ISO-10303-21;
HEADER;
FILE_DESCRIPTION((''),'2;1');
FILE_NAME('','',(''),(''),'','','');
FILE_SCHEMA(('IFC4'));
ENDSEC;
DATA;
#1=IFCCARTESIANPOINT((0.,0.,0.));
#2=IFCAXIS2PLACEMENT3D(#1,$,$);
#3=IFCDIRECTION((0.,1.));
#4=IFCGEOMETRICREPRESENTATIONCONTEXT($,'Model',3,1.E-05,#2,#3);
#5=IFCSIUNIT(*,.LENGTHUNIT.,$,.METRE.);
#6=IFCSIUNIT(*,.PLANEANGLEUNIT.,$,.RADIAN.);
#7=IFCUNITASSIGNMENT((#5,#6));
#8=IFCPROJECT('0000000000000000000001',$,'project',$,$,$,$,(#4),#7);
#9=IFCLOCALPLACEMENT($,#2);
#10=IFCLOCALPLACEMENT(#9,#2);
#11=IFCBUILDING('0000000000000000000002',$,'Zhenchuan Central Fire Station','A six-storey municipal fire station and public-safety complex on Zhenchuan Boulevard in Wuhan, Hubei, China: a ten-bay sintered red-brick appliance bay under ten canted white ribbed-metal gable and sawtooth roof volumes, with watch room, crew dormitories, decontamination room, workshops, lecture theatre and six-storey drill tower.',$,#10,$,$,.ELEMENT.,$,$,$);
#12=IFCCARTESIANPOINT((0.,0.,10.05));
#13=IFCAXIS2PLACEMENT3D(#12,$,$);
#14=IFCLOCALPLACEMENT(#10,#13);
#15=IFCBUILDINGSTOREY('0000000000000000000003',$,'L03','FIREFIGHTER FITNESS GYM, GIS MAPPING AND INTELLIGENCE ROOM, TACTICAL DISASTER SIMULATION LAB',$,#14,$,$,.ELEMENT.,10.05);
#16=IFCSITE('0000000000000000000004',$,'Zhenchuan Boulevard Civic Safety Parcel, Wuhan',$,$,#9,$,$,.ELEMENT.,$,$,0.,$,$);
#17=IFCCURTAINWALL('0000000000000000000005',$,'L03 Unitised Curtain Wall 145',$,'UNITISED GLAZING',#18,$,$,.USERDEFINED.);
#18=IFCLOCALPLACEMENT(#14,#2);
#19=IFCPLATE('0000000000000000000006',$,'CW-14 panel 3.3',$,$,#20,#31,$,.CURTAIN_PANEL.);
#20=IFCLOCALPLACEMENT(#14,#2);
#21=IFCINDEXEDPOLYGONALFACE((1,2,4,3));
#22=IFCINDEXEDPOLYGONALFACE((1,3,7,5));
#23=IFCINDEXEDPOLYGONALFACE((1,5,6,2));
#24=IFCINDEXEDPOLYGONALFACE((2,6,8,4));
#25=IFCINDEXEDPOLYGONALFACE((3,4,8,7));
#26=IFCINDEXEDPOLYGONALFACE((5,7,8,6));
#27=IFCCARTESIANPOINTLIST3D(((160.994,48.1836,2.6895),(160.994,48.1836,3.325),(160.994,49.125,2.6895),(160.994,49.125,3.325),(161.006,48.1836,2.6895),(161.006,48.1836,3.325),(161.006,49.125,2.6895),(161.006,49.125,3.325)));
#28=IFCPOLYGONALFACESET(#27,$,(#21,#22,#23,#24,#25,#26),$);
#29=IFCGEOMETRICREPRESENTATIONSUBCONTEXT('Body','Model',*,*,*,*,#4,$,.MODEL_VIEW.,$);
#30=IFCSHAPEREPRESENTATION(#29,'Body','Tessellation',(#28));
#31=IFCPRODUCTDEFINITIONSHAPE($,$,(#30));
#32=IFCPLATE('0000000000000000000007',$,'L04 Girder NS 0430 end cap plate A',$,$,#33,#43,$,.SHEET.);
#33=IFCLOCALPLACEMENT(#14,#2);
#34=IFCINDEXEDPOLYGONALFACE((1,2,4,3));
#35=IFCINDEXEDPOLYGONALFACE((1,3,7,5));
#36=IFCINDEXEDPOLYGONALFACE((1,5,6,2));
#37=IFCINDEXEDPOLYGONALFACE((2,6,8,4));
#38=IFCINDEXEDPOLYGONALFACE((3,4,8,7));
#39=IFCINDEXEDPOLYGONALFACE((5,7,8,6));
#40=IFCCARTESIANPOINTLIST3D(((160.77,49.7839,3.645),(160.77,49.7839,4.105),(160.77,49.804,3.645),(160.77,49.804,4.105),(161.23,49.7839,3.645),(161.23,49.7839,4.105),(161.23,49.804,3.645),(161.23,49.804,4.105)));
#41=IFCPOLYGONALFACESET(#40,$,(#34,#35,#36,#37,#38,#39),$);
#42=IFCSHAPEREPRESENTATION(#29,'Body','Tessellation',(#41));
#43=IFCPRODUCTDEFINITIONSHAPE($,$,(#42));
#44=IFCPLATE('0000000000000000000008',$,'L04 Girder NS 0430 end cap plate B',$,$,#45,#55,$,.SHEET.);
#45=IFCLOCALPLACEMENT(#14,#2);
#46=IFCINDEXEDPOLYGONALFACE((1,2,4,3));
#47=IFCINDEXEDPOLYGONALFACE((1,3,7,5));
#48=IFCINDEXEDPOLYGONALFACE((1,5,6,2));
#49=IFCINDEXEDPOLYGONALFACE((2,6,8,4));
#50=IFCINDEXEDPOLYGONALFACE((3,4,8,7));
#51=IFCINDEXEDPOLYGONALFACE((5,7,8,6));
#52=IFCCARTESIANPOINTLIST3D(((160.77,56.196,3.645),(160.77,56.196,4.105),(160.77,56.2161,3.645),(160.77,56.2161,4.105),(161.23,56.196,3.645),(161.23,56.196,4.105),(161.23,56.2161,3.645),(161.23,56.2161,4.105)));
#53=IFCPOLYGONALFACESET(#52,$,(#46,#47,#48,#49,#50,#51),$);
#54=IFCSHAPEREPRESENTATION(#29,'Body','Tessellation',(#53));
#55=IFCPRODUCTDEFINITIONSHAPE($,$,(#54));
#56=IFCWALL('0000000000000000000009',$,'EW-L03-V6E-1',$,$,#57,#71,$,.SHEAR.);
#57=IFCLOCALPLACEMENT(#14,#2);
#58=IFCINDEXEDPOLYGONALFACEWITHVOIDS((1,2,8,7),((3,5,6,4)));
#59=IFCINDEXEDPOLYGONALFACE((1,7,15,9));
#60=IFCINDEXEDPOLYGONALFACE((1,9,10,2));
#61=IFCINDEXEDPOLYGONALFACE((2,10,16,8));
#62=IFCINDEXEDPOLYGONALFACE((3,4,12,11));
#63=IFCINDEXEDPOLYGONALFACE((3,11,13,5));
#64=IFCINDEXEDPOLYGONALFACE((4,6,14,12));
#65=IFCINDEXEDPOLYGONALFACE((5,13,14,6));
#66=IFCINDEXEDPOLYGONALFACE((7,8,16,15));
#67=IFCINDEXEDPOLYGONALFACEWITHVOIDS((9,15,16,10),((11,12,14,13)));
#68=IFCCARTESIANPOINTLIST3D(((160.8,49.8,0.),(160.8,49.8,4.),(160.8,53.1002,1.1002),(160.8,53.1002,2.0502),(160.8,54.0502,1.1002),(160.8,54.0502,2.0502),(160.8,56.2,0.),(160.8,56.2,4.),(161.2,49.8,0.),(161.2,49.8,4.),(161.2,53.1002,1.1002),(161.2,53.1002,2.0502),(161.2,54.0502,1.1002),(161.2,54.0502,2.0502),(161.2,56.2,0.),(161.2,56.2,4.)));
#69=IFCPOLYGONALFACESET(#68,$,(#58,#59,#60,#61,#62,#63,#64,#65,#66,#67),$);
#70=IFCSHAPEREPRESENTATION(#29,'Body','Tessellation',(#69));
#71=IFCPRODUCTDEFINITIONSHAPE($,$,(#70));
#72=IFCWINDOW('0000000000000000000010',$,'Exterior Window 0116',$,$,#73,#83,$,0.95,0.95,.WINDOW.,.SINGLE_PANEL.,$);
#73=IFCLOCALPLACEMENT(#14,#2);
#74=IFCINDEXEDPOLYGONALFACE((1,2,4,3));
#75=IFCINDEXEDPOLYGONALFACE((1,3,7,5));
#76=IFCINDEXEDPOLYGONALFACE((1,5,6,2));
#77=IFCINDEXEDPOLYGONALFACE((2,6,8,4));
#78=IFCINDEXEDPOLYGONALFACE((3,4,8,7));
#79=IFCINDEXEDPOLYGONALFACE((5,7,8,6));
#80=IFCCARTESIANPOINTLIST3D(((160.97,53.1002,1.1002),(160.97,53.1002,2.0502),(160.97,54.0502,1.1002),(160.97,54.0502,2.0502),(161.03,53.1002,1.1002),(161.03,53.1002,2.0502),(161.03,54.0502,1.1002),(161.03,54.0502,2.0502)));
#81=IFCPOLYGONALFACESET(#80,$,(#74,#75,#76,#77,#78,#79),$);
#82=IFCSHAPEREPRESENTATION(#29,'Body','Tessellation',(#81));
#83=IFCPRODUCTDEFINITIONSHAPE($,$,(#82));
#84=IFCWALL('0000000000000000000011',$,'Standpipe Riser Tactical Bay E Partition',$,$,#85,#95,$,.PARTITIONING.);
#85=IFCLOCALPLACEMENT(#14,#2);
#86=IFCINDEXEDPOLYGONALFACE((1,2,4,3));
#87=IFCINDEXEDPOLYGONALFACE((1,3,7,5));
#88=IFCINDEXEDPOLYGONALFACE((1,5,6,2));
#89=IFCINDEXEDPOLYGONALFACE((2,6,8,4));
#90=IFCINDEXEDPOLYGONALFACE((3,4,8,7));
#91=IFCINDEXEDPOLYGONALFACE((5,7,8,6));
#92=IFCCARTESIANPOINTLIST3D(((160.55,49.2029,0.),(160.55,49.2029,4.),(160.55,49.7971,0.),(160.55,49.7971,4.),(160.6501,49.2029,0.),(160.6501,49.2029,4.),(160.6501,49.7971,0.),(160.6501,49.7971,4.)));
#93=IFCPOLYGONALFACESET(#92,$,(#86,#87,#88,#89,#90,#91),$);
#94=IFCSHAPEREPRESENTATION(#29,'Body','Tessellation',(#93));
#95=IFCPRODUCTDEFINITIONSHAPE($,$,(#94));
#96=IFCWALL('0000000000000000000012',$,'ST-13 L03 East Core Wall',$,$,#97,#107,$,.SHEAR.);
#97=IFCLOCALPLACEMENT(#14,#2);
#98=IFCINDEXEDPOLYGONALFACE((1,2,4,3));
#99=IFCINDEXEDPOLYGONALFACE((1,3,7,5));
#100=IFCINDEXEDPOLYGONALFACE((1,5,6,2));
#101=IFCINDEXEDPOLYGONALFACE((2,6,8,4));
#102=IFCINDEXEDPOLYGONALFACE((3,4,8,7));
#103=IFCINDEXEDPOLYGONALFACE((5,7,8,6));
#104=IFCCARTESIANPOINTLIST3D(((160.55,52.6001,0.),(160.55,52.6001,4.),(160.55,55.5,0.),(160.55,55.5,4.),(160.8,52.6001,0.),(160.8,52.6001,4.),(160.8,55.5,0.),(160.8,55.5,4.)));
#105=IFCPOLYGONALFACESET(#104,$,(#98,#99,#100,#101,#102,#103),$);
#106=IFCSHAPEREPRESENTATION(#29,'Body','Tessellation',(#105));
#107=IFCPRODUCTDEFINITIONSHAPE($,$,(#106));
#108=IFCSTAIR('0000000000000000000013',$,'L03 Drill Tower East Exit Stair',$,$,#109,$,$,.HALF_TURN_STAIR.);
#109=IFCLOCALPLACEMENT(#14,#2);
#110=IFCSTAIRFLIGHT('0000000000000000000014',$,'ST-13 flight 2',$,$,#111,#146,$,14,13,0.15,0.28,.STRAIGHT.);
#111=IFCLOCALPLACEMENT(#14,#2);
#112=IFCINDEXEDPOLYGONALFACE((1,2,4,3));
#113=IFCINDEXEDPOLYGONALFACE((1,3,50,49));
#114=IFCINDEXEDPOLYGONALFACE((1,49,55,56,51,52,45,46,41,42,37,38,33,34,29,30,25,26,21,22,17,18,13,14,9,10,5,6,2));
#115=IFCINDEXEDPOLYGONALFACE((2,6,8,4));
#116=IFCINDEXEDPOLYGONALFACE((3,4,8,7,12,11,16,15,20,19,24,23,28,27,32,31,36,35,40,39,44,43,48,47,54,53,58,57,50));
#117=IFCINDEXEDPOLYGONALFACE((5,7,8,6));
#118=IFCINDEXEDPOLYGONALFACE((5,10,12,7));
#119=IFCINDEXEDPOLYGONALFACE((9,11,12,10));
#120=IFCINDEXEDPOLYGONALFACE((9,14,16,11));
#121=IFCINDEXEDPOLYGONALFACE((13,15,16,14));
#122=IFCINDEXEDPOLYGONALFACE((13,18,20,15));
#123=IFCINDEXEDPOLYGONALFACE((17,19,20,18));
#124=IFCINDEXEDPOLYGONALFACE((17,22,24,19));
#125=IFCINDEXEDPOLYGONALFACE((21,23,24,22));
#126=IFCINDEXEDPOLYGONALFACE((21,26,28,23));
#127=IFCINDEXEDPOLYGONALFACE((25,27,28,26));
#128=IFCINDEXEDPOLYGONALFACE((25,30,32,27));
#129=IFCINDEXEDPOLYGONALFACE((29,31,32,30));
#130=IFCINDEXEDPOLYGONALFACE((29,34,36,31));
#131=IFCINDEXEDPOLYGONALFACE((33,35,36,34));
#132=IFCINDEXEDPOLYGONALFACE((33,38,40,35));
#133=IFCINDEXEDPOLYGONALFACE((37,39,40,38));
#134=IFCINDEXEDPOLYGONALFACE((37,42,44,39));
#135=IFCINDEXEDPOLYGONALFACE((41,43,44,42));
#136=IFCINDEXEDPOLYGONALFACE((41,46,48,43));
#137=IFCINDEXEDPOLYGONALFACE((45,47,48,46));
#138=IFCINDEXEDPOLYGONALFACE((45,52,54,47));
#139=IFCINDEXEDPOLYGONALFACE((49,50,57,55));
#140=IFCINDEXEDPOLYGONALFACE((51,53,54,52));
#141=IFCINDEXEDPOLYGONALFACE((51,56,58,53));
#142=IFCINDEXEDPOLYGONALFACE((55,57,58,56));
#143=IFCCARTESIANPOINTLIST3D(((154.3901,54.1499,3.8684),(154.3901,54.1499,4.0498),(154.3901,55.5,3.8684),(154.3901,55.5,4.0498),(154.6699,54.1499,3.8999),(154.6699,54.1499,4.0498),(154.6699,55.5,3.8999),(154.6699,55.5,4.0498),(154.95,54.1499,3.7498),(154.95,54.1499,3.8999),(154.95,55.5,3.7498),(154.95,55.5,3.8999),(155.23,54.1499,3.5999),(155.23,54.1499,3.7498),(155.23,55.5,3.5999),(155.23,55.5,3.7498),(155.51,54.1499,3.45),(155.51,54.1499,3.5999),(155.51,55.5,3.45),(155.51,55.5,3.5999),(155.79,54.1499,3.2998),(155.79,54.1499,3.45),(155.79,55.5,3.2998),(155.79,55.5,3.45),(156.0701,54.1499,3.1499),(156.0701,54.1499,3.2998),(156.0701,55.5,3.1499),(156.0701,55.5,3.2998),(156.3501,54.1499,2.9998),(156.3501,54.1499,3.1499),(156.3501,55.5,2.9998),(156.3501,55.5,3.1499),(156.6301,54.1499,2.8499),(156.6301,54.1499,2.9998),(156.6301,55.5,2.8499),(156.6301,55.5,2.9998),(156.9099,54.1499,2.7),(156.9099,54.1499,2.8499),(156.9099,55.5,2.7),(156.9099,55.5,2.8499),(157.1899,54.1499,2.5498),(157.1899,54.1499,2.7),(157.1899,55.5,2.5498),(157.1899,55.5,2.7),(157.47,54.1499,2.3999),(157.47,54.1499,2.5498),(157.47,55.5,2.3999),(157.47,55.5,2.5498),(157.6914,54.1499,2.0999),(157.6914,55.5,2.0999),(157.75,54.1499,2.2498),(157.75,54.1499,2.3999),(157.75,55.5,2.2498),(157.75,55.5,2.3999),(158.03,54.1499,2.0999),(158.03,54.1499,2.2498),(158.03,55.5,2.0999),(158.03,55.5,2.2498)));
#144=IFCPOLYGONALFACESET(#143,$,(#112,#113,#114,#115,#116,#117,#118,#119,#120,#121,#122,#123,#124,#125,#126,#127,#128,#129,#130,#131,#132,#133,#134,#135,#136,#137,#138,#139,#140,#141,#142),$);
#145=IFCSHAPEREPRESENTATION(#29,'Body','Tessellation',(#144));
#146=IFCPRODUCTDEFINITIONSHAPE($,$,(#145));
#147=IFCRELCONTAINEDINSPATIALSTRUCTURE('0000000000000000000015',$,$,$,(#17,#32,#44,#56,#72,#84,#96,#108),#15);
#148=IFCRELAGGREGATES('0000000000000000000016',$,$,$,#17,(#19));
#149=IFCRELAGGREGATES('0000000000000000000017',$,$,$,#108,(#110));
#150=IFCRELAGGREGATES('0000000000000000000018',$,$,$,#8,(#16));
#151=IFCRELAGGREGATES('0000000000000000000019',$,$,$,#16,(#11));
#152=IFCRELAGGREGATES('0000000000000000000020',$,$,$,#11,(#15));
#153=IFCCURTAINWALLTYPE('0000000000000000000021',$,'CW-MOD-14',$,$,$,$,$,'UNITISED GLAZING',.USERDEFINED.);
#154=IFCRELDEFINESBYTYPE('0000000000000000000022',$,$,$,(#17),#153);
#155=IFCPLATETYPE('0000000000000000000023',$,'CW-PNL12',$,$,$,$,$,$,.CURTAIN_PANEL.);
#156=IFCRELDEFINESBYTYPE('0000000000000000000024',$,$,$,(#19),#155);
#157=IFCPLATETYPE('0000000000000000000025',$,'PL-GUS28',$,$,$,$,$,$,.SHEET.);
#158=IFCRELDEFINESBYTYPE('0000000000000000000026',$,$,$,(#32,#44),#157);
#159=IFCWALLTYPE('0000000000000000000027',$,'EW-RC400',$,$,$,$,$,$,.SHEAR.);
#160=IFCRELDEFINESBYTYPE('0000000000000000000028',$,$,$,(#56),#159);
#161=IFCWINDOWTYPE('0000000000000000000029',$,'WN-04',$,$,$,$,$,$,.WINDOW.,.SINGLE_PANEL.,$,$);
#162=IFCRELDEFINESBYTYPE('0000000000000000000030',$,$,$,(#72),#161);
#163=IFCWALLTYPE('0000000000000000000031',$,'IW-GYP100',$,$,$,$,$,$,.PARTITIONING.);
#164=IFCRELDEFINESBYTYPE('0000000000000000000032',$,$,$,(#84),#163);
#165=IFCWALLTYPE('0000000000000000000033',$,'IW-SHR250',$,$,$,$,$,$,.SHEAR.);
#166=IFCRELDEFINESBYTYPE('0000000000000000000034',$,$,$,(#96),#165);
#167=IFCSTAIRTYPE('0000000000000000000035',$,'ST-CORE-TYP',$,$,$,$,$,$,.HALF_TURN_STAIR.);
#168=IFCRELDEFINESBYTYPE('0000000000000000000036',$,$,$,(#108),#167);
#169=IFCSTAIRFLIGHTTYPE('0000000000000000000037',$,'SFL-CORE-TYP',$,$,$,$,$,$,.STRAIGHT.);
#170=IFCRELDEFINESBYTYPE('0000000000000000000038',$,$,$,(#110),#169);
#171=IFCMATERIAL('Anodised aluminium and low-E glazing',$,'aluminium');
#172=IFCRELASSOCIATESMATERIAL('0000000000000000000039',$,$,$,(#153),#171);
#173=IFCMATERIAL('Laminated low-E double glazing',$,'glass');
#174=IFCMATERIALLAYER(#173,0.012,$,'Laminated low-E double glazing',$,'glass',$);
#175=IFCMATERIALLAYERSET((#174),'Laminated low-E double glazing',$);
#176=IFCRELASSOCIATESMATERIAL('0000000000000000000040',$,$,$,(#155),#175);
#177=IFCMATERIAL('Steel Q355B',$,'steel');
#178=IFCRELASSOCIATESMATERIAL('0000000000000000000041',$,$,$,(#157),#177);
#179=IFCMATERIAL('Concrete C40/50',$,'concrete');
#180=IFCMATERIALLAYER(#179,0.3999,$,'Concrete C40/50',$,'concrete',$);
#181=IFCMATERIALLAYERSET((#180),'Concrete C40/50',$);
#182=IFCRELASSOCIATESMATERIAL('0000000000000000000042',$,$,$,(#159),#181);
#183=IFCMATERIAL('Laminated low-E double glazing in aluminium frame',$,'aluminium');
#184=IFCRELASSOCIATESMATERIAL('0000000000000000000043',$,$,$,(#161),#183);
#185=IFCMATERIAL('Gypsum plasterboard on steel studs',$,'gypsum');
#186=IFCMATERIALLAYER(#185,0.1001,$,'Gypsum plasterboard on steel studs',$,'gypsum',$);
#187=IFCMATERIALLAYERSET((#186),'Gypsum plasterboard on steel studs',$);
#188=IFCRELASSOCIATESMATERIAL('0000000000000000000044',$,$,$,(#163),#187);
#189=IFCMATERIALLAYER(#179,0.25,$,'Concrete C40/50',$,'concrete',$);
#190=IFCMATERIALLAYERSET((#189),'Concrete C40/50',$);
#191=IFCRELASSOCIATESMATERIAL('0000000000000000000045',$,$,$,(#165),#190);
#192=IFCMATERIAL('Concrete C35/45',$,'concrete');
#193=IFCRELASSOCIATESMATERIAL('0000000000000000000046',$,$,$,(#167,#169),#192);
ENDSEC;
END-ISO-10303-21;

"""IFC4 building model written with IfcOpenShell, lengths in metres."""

from ifc_helpers import new_model, si_unit, direction, frame, frame_2d, origin, origin_2d, place, context, subcontext, project, spatial, polyline, rectangle, outline, extrude, material, layer, layer_set, material_profile, profile_set, type_object, element, fill, aggregate, save


model = new_model("IFC4")

# Units and contexts
model_context = context("Model", 3, precision=1e-05, world=origin(), true_north=direction((0.0, 1.0)))
body_context = subcontext(model_context, "Body", "Model", "MODEL_VIEW")
ifc_project = project(units=[si_unit("LENGTHUNIT", "METRE"), si_unit("PLANEANGLEUNIT", "RADIAN")], contexts=[model_context])

# Site, building, storey
site_placement = place(None, origin())
site = spatial("IfcSite", under=ifc_project, at=site_placement, Name="Zhenchuan Boulevard Civic Safety Parcel, Wuhan", CompositionType="ELEMENT", RefElevation=0.0)
building_placement = place(site_placement, origin())
building = spatial("IfcBuilding", under=site, at=building_placement, Name="Zhenchuan Central Fire Station", Description="A six-storey municipal fire station and public-safety complex on Zhenchuan Boulevard in Wuhan, Hubei, China: a ten-bay sintered red-brick appliance bay under ten canted white ribbed-metal gable and sawtooth roof volumes, with watch room, crew dormitories, decontamination room, workshops, lecture theatre and six-storey drill tower.", CompositionType="ELEMENT")
storey_placement = place(building_placement, frame((0.0, 0.0, 10.05)))
storey = spatial("IfcBuildingStorey", under=building, at=storey_placement, Name="L03", Description="FIREFIGHTER FITNESS GYM, GIS MAPPING AND INTELLIGENCE ROOM, TACTICAL DISASTER SIMULATION LAB", CompositionType="ELEMENT", Elevation=10.05)

# Shared definitions
ifc_material_1 = material(Name="Concrete C40/50", Category="concrete")

# Curtain wall
ifc_material_2 = material(Name="Anodised aluminium and low-E glazing", Category="aluminium")
curtain_wall_type = type_object("IfcCurtainWallType", Name="CW-MOD-14", ElementType="UNITISED GLAZING", PredefinedType="USERDEFINED", material=ifc_material_2)
curtain_wall_placement = place(storey_placement, origin())
curtain_wall = element("IfcCurtainWall", 1, at=curtain_wall_placement, inside=storey, type_object=curtain_wall_type, Name="L03 Unitised Curtain Wall 145", ObjectType="UNITISED GLAZING", PredefinedType="USERDEFINED")

# Shared definitions
ifc_material_3 = material(Name="Steel Q355B", Category="steel")

# Plate
ifc_material_4 = material(Name="Laminated low-E double glazing", Category="glass")
ifc_layer_1 = layer(ifc_material_4, 0.012, Name="Laminated low-E double glazing", Category="glass")
ifc_layer_set_1 = layer_set([ifc_layer_1], Name="Laminated low-E double glazing")
plate_type_1 = type_object("IfcPlateType", Name="CW-PNL12", PredefinedType="CURTAIN_PANEL", material=ifc_layer_set_1)
plate_1_placement = place(storey_placement, frame((161.0, 48.6543, 2.6895), z_axis=(0.0, 0.0, 1.0), x_axis=(0.0, 1.0, 0.0)))
plate_1 = element("IfcPlate", 2, at=plate_1_placement, type_object=plate_type_1, Name="CW-14 panel 3.3", PredefinedType="CURTAIN_PANEL", context=body_context, shape_type="SweptSolid", body=[
    extrude(rectangle(XDim=0.9414, YDim=0.012, at=origin_2d()), origin(), (0.0, 0.0, 1.0), 0.6355),
])
aggregate(curtain_wall, [plate_1])

# Plates
ifc_material_profile_1 = material_profile(ifc_material_3, rectangle(XDim=0.46, YDim=0.46, at=origin_2d()), Name="PL 460x460x28")
ifc_profile_set_1 = profile_set([ifc_material_profile_1], Name="Steel Q355B")
plate_type_2 = type_object("IfcPlateType", Name="PL-GUS28", PredefinedType="SHEET", material=ifc_profile_set_1)
for number, where, z_axis, x_axis, name in (
    (3, (161.0, 49.7839, 3.875), (0.0, 1.0, 0.0), (-1.0, 0.0, 0.0), "L04 Girder NS 0430 end cap plate A"),
    (4, (161.0, 56.196, 3.875), (0.0, 1.0, 0.0), (-1.0, 0.0, 0.0), "L04 Girder NS 0430 end cap plate B"),
):
    element("IfcPlate", number, at=place(storey_placement, frame(where, z_axis=z_axis, x_axis=x_axis)), inside=storey, type_object=plate_type_2, Name=name, PredefinedType="SHEET", context=body_context, shape_type="SweptSolid", body=[
        extrude(rectangle(XDim=0.46, YDim=0.46, at=origin_2d()), origin(), (0.0, 0.0, 1.0), 0.02),
    ])

# Wall, opening, window
ifc_layer_2 = layer(ifc_material_1, 0.3999, Name="Concrete C40/50", Category="concrete")
ifc_layer_set_2 = layer_set([ifc_layer_2], Name="Concrete C40/50")
wall_type_1 = type_object("IfcWallType", Name="EW-RC400", PredefinedType="SHEAR", material=ifc_layer_set_2)
wall_1_placement = place(storey_placement, frame((161.0, 49.8, 0.0), z_axis=(0.0, 0.0, 1.0), x_axis=(0.0, 1.0, 0.0)))
wall_1 = element("IfcWall", 5, at=wall_1_placement, inside=storey, type_object=wall_type_1, Name="EW-L03-V6E-1", PredefinedType="SHEAR", context=body_context, shape_type="SweptSolid", body=[
    extrude(rectangle(XDim=6.3999, YDim=0.3999, at=frame_2d((3.2, 0.0))), origin(), (0.0, 0.0, 1.0), 4.0),
])
opening_placement = place(wall_1_placement, frame((3.3, 0.0, 1.1001)))
opening = element("IfcOpeningElement", 6, at=opening_placement, cuts=wall_1, PredefinedType="OPENING", context=body_context, shape_type="SweptSolid", body=[
    extrude(rectangle(XDim=0.95, YDim=0.95, at=frame_2d((0.4751, 0.4751))), frame((0.0, 0.21, 0.0), z_axis=(0.0, -1.0, 0.0), x_axis=(1.0, 0.0, 0.0)), (0.0, 0.0, 1.0), 0.4199),
])
ifc_material_5 = material(Name="Laminated low-E double glazing in aluminium frame", Category="aluminium")
window_type = type_object("IfcWindowType", Name="WN-04", PartitioningType="SINGLE_PANEL", PredefinedType="WINDOW", material=ifc_material_5)
window_placement = place(opening_placement, origin())
window = element("IfcWindow", 7, at=window_placement, inside=storey, type_object=window_type, Name="Exterior Window 0116", OverallHeight=0.95, OverallWidth=0.95, PartitioningType="SINGLE_PANEL", PredefinedType="WINDOW", context=body_context, shape_type="SweptSolid", body=[
    extrude(rectangle(XDim=0.95, YDim=0.95, at=frame_2d((0.4751, 0.4751))), frame((0.0, 0.03, 0.0), z_axis=(0.0, -1.0, 0.0), x_axis=(1.0, 0.0, 0.0)), (0.0, 0.0, 1.0), 0.0601),
])
fill(opening, window)

# Walls
ifc_material_6 = material(Name="Gypsum plasterboard on steel studs", Category="gypsum")
ifc_layer_3 = layer(ifc_material_6, 0.1001, Name="Gypsum plasterboard on steel studs", Category="gypsum")
ifc_layer_set_3 = layer_set([ifc_layer_3], Name="Gypsum plasterboard on steel studs")
wall_type_2 = type_object("IfcWallType", Name="IW-GYP100", PredefinedType="PARTITIONING", material=ifc_layer_set_3)
wall_2_placement = place(storey_placement, frame((160.6001, 49.2029, 0.0), z_axis=(0.0, 0.0, 1.0), x_axis=(0.0, 1.0, 0.0)))
element("IfcWall", 8, at=wall_2_placement, inside=storey, type_object=wall_type_2, Name="Standpipe Riser Tactical Bay E Partition", PredefinedType="PARTITIONING", context=body_context, shape_type="SweptSolid", body=[
    extrude(rectangle(XDim=0.5942, YDim=0.1001, at=frame_2d((0.2971, 0.0))), origin(), (0.0, 0.0, 1.0), 4.0),
])
ifc_layer_4 = layer(ifc_material_1, 0.25, Name="Concrete C40/50", Category="concrete")
ifc_layer_set_4 = layer_set([ifc_layer_4], Name="Concrete C40/50")
wall_type_3 = type_object("IfcWallType", Name="IW-SHR250", PredefinedType="SHEAR", material=ifc_layer_set_4)
wall_3_placement = place(storey_placement, frame((160.675, 52.6001, 0.0), z_axis=(0.0, 0.0, 1.0), x_axis=(0.0, 1.0, 0.0)))
element("IfcWall", 9, at=wall_3_placement, inside=storey, type_object=wall_type_3, Name="ST-13 L03 East Core Wall", PredefinedType="SHEAR", context=body_context, shape_type="SweptSolid", body=[
    extrude(rectangle(XDim=2.8999, YDim=0.25, at=frame_2d((1.45, 0.0))), origin(), (0.0, 0.0, 1.0), 4.0),
])

# Stair, stair flight
ifc_material_7 = material(Name="Concrete C35/45", Category="concrete")
stair_type = type_object("IfcStairType", Name="ST-CORE-TYP", PredefinedType="HALF_TURN_STAIR", material=ifc_material_7)
stair_placement = place(storey_placement, origin())
stair = element("IfcStair", 10, at=stair_placement, inside=storey, type_object=stair_type, Name="L03 Drill Tower East Exit Stair", PredefinedType="HALF_TURN_STAIR")
stair_flight_type = type_object("IfcStairFlightType", Name="SFL-CORE-TYP", PredefinedType="STRAIGHT", material=ifc_material_7)
stair_flight_placement = place(storey_placement, frame((158.03, 54.825, 2.0999), z_axis=(0.0, 0.0, 1.0), x_axis=(-1.0, 0.0, 0.0)))
stair_flight = element("IfcStairFlight", 11, at=stair_flight_placement, type_object=stair_flight_type, Name="ST-13 flight 2", NumberOfRisers=14, NumberOfTreads=13, PredefinedType="STRAIGHT", RiserHeight=0.15, TreadLength=0.28, context=body_context, shape_type="SweptSolid", body=[
    extrude(outline(polyline([(0.0, 0.0), (0.0, 0.1499), (0.28, 0.1499), (0.28, 0.3), (0.5601, 0.3), (0.5601, 0.45), (0.8401, 0.45), (0.8401, 0.6001), (1.1201, 0.6001), (1.1201, 0.75), (1.3999, 0.75), (1.3999, 0.8999), (1.6799, 0.8999), (1.6799, 1.05), (1.96, 1.05), (1.96, 1.2), (2.24, 1.2), (2.24, 1.3501), (2.52, 1.3501), (2.52, 1.5), (2.8, 1.5), (2.8, 1.6499), (3.0801, 1.6499), (3.0801, 1.8), (3.3601, 1.8), (3.3601, 1.95), (3.6399, 1.95), (3.6399, 2.1001), (3.6399, 1.7686), (0.3386, 0.0), (0.0, 0.0)])), frame((0.0, 0.675, 0.0), z_axis=(0.0, -1.0, 0.0), x_axis=(1.0, 0.0, 0.0)), (0.0, 0.0, 1.0), 1.3501),
])
aggregate(stair, [stair_flight])

save(model, "model.ifc")
